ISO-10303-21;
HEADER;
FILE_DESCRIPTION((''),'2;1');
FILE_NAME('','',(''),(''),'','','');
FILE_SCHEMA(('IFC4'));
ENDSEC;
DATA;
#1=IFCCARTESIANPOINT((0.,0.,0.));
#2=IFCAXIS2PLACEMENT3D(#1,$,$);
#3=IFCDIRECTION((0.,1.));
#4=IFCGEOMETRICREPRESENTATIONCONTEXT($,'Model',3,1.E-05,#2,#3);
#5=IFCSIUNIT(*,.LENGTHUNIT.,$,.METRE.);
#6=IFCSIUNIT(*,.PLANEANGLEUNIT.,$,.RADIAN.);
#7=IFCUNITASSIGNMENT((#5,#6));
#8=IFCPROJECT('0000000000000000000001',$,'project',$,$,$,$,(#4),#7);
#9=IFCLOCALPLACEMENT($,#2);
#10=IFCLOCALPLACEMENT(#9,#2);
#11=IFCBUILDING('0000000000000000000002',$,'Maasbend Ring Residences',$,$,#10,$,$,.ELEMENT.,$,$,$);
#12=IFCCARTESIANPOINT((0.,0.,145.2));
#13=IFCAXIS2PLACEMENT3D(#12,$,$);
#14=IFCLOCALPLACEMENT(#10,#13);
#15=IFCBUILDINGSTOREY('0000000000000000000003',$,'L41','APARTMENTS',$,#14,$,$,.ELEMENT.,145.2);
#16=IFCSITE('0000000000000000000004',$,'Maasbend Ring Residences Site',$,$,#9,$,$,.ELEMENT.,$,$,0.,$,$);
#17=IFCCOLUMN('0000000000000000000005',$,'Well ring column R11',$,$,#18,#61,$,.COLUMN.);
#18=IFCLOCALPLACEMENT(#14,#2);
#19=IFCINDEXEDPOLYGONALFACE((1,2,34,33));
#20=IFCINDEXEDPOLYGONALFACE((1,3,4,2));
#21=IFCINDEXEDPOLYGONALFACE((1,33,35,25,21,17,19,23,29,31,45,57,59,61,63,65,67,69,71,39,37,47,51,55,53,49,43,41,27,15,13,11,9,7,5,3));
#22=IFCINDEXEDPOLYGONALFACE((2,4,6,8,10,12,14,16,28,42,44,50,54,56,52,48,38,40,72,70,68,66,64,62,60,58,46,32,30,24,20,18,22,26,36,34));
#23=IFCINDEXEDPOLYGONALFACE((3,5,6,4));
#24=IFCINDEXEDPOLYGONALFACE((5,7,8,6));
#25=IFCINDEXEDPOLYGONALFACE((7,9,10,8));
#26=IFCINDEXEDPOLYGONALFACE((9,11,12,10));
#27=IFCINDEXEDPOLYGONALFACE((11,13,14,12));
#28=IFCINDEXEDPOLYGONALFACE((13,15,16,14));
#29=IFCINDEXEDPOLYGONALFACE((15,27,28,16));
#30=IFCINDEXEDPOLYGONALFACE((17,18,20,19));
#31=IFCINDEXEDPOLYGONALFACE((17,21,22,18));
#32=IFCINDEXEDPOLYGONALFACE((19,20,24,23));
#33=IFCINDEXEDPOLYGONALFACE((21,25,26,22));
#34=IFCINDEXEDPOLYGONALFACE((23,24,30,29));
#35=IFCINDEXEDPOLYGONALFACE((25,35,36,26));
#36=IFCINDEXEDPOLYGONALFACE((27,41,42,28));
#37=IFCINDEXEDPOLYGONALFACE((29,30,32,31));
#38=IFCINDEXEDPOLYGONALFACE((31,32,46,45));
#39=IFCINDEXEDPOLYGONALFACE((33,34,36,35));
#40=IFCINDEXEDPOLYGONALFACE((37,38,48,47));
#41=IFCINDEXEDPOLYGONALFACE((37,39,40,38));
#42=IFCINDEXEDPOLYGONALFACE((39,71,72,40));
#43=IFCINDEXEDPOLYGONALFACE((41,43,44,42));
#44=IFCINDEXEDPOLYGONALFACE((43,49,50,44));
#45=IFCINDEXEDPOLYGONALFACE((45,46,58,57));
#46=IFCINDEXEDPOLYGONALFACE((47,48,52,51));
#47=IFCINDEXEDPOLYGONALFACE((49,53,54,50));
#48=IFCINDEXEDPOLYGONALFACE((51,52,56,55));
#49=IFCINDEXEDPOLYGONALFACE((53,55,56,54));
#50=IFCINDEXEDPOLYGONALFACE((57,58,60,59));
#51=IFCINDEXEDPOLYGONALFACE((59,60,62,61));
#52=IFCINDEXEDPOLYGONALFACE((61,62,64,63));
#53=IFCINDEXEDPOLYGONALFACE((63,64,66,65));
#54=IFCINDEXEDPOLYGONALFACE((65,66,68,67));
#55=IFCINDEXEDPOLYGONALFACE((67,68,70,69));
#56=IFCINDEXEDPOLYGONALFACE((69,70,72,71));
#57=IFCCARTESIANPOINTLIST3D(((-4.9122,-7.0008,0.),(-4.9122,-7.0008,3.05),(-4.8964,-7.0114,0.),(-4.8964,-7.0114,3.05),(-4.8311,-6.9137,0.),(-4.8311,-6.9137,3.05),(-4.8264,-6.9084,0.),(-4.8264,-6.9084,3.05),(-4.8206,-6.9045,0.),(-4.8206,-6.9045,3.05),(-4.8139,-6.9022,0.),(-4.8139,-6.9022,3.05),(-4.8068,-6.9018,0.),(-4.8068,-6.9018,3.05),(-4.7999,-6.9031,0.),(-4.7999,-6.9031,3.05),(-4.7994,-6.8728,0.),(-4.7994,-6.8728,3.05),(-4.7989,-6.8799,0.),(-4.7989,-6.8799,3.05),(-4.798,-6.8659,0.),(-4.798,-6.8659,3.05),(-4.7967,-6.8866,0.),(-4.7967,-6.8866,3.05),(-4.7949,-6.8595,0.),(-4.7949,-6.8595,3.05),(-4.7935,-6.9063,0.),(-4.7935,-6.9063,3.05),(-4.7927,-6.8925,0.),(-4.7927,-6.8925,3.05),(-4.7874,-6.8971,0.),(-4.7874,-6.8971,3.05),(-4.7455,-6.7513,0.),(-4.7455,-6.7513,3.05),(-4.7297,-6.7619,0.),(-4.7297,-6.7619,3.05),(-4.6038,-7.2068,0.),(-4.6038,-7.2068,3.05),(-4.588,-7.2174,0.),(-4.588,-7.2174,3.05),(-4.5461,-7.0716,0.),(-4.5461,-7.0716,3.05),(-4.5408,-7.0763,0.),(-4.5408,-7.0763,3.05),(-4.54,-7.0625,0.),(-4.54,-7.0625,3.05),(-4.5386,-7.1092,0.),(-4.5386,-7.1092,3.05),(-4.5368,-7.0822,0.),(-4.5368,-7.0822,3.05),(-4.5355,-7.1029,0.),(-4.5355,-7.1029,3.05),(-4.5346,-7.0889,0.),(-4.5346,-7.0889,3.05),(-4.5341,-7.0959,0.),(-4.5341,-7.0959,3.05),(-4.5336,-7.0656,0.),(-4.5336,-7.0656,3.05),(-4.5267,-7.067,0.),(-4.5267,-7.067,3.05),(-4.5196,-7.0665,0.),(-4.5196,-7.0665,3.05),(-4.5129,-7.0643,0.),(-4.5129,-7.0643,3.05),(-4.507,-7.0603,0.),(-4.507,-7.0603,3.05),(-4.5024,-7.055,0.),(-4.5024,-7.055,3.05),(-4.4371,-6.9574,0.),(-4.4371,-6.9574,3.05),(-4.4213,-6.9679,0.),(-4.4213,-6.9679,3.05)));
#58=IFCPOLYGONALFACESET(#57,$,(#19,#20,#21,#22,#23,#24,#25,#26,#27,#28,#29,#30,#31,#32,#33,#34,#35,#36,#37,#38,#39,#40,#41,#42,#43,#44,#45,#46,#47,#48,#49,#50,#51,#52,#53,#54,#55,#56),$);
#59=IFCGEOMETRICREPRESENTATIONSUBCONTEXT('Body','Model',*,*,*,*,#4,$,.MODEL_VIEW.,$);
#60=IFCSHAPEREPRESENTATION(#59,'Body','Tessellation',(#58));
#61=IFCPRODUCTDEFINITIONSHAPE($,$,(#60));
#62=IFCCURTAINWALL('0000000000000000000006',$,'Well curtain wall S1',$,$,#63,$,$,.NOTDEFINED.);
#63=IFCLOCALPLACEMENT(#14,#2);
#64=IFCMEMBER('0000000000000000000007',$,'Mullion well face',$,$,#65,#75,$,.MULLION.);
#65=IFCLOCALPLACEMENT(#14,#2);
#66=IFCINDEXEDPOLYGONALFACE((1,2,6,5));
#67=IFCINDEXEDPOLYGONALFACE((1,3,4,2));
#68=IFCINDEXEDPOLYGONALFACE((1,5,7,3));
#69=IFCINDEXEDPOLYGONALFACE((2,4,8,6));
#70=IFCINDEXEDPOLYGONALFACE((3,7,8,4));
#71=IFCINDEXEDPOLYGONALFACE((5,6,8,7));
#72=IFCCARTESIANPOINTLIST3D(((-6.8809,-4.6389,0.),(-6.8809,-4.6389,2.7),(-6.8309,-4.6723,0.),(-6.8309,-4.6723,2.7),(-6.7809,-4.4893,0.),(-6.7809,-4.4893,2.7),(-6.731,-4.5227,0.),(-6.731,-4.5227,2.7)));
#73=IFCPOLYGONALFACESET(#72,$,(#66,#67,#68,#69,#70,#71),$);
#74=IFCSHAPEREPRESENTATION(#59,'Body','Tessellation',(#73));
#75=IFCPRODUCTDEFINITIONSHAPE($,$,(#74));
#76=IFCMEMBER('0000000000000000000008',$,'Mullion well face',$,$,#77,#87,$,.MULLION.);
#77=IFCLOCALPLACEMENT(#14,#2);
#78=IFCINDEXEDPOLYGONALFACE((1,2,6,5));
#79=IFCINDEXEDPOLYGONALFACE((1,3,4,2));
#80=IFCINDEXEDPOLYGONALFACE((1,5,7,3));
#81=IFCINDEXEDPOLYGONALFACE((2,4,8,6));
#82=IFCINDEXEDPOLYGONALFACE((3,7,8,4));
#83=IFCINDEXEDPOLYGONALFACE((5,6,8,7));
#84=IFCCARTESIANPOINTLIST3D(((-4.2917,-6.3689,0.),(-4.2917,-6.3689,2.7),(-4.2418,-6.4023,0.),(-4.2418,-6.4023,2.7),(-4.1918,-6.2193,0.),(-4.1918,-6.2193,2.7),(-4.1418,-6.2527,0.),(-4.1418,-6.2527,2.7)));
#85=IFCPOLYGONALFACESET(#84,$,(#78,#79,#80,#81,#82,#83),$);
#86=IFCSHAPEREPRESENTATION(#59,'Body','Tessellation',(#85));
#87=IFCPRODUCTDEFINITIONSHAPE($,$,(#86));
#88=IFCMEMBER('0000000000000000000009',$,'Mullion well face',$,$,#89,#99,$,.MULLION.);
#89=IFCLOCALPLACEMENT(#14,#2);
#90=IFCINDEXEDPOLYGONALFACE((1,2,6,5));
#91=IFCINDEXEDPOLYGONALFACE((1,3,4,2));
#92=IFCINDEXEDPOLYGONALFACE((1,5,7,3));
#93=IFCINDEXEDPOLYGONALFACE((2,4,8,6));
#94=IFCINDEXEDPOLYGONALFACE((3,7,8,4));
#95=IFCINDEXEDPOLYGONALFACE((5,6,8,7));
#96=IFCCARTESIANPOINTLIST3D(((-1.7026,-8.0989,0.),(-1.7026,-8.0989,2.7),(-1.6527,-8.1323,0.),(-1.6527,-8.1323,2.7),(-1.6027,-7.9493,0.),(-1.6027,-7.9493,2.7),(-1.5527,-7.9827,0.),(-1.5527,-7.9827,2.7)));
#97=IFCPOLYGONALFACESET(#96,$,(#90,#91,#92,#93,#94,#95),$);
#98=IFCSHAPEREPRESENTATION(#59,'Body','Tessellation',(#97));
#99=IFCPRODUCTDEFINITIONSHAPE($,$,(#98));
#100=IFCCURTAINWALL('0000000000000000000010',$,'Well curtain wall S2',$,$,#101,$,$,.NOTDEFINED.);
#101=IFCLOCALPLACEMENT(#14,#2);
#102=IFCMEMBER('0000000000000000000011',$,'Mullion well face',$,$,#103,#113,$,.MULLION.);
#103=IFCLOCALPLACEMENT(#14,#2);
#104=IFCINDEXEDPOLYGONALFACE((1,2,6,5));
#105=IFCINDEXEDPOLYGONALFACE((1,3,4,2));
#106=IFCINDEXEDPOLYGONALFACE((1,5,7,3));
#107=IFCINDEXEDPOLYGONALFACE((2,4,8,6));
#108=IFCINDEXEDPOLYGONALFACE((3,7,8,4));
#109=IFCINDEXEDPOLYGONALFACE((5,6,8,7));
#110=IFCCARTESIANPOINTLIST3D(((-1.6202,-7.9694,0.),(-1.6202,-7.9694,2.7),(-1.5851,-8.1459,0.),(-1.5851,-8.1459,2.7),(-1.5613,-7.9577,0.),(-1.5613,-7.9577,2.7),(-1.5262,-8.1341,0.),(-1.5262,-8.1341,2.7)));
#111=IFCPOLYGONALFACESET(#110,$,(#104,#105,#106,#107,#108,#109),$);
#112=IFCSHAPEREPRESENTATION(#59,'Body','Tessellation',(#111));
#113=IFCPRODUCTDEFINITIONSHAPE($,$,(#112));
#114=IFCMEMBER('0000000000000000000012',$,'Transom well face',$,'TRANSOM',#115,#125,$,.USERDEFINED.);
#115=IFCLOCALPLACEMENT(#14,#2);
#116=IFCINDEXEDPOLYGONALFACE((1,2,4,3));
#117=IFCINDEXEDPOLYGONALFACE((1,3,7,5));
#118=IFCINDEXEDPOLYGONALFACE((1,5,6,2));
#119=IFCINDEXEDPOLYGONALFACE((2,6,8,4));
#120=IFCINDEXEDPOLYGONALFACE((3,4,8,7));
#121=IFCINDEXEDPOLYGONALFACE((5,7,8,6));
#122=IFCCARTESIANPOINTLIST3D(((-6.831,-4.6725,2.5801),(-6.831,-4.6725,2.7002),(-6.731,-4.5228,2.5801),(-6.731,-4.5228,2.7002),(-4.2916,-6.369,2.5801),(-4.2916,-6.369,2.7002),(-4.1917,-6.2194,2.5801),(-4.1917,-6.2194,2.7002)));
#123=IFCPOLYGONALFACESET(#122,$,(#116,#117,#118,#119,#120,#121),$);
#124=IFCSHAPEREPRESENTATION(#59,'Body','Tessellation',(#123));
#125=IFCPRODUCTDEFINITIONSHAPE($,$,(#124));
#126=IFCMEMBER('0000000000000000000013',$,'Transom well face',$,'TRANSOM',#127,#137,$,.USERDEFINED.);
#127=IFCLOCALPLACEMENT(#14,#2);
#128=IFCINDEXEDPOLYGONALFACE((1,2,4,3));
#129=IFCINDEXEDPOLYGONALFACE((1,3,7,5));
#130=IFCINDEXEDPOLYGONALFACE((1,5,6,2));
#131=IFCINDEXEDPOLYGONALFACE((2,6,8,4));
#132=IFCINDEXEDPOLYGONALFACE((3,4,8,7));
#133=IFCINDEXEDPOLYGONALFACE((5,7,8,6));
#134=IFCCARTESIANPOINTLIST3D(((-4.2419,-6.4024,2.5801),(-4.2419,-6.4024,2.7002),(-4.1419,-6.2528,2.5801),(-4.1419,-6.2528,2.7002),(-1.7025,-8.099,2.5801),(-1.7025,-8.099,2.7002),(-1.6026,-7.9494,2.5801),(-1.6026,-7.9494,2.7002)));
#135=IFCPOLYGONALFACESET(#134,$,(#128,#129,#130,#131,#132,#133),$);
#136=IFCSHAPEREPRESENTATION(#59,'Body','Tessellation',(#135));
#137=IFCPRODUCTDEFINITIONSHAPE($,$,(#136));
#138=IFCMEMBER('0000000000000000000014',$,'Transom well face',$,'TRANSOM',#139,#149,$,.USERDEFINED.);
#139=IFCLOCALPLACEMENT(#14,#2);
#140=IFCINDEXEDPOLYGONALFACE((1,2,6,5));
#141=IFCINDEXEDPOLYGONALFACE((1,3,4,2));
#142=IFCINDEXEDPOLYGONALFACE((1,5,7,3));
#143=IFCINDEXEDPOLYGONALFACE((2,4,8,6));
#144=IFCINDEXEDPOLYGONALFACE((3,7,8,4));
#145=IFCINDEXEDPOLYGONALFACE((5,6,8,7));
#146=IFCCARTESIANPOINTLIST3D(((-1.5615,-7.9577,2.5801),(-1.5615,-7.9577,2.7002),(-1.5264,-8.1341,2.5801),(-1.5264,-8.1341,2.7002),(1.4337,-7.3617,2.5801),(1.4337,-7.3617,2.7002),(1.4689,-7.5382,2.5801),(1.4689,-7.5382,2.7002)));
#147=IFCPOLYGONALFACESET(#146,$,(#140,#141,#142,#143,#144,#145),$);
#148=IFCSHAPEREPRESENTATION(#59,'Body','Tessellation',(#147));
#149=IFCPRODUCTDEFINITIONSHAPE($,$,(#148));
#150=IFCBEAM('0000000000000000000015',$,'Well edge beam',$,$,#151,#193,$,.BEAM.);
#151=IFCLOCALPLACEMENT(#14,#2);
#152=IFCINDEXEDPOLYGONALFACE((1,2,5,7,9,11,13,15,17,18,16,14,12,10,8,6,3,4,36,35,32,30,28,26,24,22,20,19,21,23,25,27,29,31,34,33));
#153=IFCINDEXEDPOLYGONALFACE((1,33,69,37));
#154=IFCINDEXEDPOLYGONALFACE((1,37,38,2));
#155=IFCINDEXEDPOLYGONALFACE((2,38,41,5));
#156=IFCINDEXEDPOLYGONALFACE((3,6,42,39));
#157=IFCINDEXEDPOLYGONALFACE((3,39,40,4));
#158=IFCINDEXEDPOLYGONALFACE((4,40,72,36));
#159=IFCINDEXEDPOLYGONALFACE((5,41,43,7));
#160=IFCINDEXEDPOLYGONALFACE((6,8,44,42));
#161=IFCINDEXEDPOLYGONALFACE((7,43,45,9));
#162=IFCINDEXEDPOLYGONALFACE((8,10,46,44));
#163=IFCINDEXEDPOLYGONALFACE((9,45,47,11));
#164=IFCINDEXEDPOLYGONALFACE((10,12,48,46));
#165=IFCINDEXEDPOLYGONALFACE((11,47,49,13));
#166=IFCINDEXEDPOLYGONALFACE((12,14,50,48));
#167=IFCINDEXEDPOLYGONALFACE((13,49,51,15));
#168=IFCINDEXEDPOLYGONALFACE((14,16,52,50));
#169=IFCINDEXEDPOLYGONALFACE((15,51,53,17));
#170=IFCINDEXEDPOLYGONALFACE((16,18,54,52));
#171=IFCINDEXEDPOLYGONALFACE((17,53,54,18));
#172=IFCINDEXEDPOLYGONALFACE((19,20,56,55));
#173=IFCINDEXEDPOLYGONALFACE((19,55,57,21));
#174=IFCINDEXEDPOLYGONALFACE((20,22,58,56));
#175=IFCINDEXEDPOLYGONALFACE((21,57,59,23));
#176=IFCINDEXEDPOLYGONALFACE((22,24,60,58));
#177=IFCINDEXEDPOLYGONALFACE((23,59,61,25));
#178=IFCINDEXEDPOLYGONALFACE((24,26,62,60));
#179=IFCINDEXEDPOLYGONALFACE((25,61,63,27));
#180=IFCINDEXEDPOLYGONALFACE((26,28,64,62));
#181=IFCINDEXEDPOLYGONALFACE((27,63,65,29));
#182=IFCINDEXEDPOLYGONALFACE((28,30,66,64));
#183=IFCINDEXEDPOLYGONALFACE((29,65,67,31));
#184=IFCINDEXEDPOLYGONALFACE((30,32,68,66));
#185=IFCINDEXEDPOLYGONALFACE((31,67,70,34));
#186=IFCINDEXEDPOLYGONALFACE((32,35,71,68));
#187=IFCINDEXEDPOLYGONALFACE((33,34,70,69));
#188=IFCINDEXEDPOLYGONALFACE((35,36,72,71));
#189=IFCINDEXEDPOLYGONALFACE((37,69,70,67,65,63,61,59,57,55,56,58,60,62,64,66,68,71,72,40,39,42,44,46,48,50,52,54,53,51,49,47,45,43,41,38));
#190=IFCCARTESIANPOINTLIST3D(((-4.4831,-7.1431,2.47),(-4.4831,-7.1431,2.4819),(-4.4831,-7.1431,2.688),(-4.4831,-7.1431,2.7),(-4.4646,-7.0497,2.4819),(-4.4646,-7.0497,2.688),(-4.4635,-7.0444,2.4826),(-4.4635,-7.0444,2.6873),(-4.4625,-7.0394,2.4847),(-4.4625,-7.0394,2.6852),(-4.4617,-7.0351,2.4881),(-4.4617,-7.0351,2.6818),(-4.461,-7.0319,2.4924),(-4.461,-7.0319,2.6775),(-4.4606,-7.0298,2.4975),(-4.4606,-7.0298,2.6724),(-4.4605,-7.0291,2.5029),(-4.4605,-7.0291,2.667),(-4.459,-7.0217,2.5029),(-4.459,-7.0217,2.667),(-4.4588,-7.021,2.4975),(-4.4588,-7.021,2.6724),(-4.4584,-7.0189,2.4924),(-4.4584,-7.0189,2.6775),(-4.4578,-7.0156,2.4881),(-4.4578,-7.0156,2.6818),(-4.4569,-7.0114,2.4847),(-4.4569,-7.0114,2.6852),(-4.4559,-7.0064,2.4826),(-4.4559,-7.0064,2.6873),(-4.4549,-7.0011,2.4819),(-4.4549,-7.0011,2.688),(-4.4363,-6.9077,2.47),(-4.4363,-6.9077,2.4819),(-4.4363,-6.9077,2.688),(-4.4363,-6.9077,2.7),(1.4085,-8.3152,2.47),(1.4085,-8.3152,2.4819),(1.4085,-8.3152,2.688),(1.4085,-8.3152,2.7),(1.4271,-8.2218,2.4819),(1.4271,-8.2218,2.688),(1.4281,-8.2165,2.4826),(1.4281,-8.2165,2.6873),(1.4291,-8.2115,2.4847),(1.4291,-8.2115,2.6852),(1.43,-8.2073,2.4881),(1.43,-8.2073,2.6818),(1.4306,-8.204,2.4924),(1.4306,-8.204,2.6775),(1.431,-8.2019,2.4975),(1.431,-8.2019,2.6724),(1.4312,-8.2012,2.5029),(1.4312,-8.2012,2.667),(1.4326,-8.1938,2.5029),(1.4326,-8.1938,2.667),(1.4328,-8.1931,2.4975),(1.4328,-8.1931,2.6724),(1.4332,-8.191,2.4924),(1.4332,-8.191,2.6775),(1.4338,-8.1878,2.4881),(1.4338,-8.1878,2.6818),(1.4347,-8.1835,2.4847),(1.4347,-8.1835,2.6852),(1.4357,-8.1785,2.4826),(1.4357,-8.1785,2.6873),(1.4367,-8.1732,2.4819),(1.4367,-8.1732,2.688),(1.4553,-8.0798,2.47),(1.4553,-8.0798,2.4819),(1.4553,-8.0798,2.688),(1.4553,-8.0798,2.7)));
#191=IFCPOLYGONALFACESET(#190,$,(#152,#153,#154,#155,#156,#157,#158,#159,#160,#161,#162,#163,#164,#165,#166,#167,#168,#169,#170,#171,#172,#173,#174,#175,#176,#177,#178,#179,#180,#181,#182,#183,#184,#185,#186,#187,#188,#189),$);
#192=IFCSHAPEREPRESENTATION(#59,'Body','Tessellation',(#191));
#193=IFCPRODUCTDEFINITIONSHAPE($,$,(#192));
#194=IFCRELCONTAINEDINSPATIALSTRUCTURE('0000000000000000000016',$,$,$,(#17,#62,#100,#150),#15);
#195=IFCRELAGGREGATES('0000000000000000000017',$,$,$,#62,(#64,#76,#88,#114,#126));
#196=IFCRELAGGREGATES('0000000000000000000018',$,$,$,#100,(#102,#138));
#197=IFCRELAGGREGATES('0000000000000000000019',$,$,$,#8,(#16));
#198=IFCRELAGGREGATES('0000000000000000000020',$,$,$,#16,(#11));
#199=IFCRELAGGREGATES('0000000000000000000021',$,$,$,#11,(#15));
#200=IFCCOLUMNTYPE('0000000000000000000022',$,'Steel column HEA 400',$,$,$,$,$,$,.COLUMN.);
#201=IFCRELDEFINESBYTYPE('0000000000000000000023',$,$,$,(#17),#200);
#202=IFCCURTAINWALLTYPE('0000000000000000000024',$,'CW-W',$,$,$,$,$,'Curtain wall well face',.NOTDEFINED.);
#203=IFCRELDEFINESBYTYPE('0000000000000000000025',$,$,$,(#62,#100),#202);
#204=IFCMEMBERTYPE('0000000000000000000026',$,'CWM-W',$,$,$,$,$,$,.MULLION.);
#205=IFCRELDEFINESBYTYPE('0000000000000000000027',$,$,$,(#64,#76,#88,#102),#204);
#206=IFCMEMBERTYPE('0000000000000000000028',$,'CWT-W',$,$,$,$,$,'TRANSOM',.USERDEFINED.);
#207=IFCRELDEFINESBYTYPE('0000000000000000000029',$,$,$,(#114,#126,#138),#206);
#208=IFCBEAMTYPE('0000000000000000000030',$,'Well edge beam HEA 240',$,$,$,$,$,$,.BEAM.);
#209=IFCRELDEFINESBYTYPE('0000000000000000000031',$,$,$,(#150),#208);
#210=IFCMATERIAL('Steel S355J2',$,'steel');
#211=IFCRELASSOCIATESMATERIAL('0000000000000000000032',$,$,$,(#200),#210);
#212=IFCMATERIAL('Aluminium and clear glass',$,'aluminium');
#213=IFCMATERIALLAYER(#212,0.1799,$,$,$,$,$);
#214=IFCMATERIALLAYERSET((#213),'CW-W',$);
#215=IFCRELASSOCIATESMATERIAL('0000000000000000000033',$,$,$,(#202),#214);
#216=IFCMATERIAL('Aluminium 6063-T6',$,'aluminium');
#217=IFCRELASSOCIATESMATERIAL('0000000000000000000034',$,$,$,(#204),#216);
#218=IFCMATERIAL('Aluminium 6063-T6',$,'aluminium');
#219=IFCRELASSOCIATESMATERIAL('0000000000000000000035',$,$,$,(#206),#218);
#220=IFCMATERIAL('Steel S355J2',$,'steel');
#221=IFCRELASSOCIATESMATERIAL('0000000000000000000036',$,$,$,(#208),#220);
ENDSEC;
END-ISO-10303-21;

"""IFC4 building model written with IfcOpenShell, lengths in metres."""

from ifc_helpers import new_model, si_unit, direction, frame, origin, origin_2d, place, context, subcontext, project, spatial, rectangle, i_section, extrude, material, layer, layer_set, material_profile, profile_set, type_object, element, aggregate, save


model = new_model("IFC4")

# Units and contexts
model_context = context("Model", 3, precision=1e-05, world=origin(), true_north=direction((0.0, 1.0)))
body_context = subcontext(model_context, "Body", "Model", "MODEL_VIEW")
ifc_project = project(units=[si_unit("LENGTHUNIT", "METRE"), si_unit("PLANEANGLEUNIT", "RADIAN")], contexts=[model_context])

# Site, building, storey
site_placement = place(None, origin())
site = spatial("IfcSite", under=ifc_project, at=site_placement, Name="Maasbend Ring Residences Site", CompositionType="ELEMENT", RefElevation=0.0)
building_placement = place(site_placement, origin())
building = spatial("IfcBuilding", under=site, at=building_placement, Name="Maasbend Ring Residences", CompositionType="ELEMENT")
storey_placement = place(building_placement, frame((0.0, 0.0, 145.2)))
storey = spatial("IfcBuildingStorey", under=building, at=storey_placement, Name="L41", Description="APARTMENTS", CompositionType="ELEMENT", Elevation=145.2)

# Column
ifc_material_1 = material(Name="Steel S355J2", Category="steel")
ifc_material_profile_1 = material_profile(ifc_material_1, i_section(OverallWidth=0.3, OverallDepth=0.3899, WebThickness=0.011, FlangeThickness=0.019, FilletRadius=0.0271, at=origin_2d()), Name="HEA 400")
ifc_profile_set_1 = profile_set([ifc_material_profile_1], Name="Steel S355J2")
column_type = type_object("IfcColumnType", Name="Steel column HEA 400", PredefinedType="COLUMN", material=ifc_profile_set_1)
column_placement = place(storey_placement, frame((-4.6667, -6.9844, 0.0), z_axis=(0.0, 0.0, 1.0), x_axis=(-0.55557, -0.83147, 0.0)))
element("IfcColumn", 1, at=column_placement, inside=storey, type_object=column_type, Name="Well ring column R11", PredefinedType="COLUMN", context=body_context, shape_type="SweptSolid", body=[
    extrude(i_section(OverallWidth=0.3, OverallDepth=0.3899, WebThickness=0.011, FlangeThickness=0.019, FilletRadius=0.0271, at=origin_2d()), origin(), (0.0, 0.0, 1.0), 3.05),
])

# Curtain wall, members
ifc_material_2 = material(Name="Aluminium and clear glass", Category="aluminium")
ifc_layer_1 = layer(ifc_material_2, 0.1799)
ifc_layer_set_1 = layer_set([ifc_layer_1], Name="CW-W")
curtain_wall_type = type_object("IfcCurtainWallType", Name="CW-W", ElementType="Curtain wall well face", PredefinedType="NOTDEFINED", material=ifc_layer_set_1)
curtain_wall_1_placement = place(storey_placement, origin())
curtain_wall_1 = element("IfcCurtainWall", 2, at=curtain_wall_1_placement, inside=storey, type_object=curtain_wall_type, Name="Well curtain wall S1", PredefinedType="NOTDEFINED")
ifc_material_3 = material(Name="Aluminium 6063-T6", Category="aluminium")
ifc_material_profile_2 = material_profile(ifc_material_3, rectangle(XDim=0.1799, YDim=0.0601, at=origin_2d()), Name="AL 180x60")
ifc_profile_set_2 = profile_set([ifc_material_profile_2], Name="Aluminium 6063-T6")
member_type_1 = type_object("IfcMemberType", Name="CWM-W", PredefinedType="MULLION", material=ifc_profile_set_2)
member_1_placement = place(storey_placement, frame((-6.8059, -4.5808, 0.0), z_axis=(0.0, 0.0, 1.0), x_axis=(0.55557, 0.83147, 0.0)))
member_1 = element("IfcMember", 3, at=member_1_placement, type_object=member_type_1, Name="Mullion well face", PredefinedType="MULLION", context=body_context, shape_type="SweptSolid", body=[
    extrude(rectangle(XDim=0.1799, YDim=0.0601, at=origin_2d()), origin(), (0.0, 0.0, 1.0), 2.7),
])
member_2_placement = place(storey_placement, frame((-4.2168, -6.3108, 0.0), z_axis=(0.0, 0.0, 1.0), x_axis=(0.55557, 0.83147, 0.0)))
member_2 = element("IfcMember", 4, at=member_2_placement, type_object=member_type_1, Name="Mullion well face", PredefinedType="MULLION", context=body_context, shape_type="SweptSolid", body=[
    extrude(rectangle(XDim=0.1799, YDim=0.0601, at=origin_2d()), origin(), (0.0, 0.0, 1.0), 2.7),
])
member_3_placement = place(storey_placement, frame((-1.6277, -8.0408, 0.0), z_axis=(0.0, 0.0, 1.0), x_axis=(0.55557, 0.83147, 0.0)))
member_3 = element("IfcMember", 5, at=member_3_placement, type_object=member_type_1, Name="Mullion well face", PredefinedType="MULLION", context=body_context, shape_type="SweptSolid", body=[
    extrude(rectangle(XDim=0.1799, YDim=0.0601, at=origin_2d()), origin(), (0.0, 0.0, 1.0), 2.7),
])

# Curtain wall, member
curtain_wall_2_placement = place(storey_placement, origin())
curtain_wall_2 = element("IfcCurtainWall", 6, at=curtain_wall_2_placement, inside=storey, type_object=curtain_wall_type, Name="Well curtain wall S2", PredefinedType="NOTDEFINED")
member_4_placement = place(storey_placement, frame((-1.5732, -8.0518, 0.0), z_axis=(0.0, 0.0, 1.0), x_axis=(-0.19509, 0.980785, 0.0)))
member_4 = element("IfcMember", 7, at=member_4_placement, type_object=member_type_1, Name="Mullion well face", PredefinedType="MULLION", context=body_context, shape_type="SweptSolid", body=[
    extrude(rectangle(XDim=0.1799, YDim=0.0601, at=origin_2d()), origin(), (0.0, 0.0, 1.0), 2.7),
])

# Members
ifc_material_4 = material(Name="Aluminium 6063-T6", Category="aluminium")
ifc_material_profile_3 = material_profile(ifc_material_4, rectangle(XDim=0.1799, YDim=0.1201, at=origin_2d()), Name="AL 180x120")
ifc_profile_set_3 = profile_set([ifc_material_profile_3], Name="Aluminium 6063-T6")
member_type_2 = type_object("IfcMemberType", Name="CWT-W", ElementType="TRANSOM", PredefinedType="USERDEFINED", material=ifc_profile_set_3)
member_5_placement = place(storey_placement, frame((-6.781, -4.5977, 2.6401), z_axis=(0.831496, -0.55553, 0.0), x_axis=(0.55553, 0.831496, 0.0)))
member_5 = element("IfcMember", 8, at=member_5_placement, type_object=member_type_2, Name="Transom well face", ObjectType="TRANSOM", PredefinedType="USERDEFINED", context=body_context, shape_type="SweptSolid", body=[
    extrude(rectangle(XDim=0.1799, YDim=0.1201, at=origin_2d()), origin(), (0.0, 0.0, 1.0), 3.054),
])
member_6_placement = place(storey_placement, frame((-4.1919, -6.3276, 2.6401), z_axis=(0.831496, -0.55553, 0.0), x_axis=(0.55553, 0.831496, 0.0)))
member_6 = element("IfcMember", 9, at=member_6_placement, type_object=member_type_2, Name="Transom well face", ObjectType="TRANSOM", PredefinedType="USERDEFINED", context=body_context, shape_type="SweptSolid", body=[
    extrude(rectangle(XDim=0.1799, YDim=0.1201, at=origin_2d()), origin(), (0.0, 0.0, 1.0), 3.054),
])
member_7_placement = place(storey_placement, frame((-1.5439, -8.0459, 2.6401), z_axis=(0.980777, 0.195132, 0.0), x_axis=(-0.195132, 0.980777, 0.0)))
member_7 = element("IfcMember", 10, at=member_7_placement, type_object=member_type_2, Name="Transom well face", ObjectType="TRANSOM", PredefinedType="USERDEFINED", context=body_context, shape_type="SweptSolid", body=[
    extrude(rectangle(XDim=0.1799, YDim=0.1201, at=origin_2d()), origin(), (0.0, 0.0, 1.0), 3.054),
])

# Beam
ifc_material_5 = material(Name="Steel S355J2", Category="steel")
ifc_material_profile_4 = material_profile(ifc_material_5, i_section(OverallWidth=0.24, OverallDepth=0.23, WebThickness=0.0076, FlangeThickness=0.012, FilletRadius=0.021, at=origin_2d()), Name="HEA 240")
ifc_profile_set_4 = profile_set([ifc_material_profile_4], Name="Steel S355J2")
beam_type = type_object("IfcBeamType", Name="Well edge beam HEA 240", PredefinedType="BEAM", material=ifc_profile_set_4)
beam_placement = place(storey_placement, frame((-4.4597, -7.0254, 2.585), z_axis=(0.980779, -0.195123, 0.0), x_axis=(0.195123, 0.980779, 0.0)))
element("IfcBeam", 11, at=beam_placement, inside=storey, type_object=beam_type, Name="Well edge beam", PredefinedType="BEAM", context=body_context, shape_type="SweptSolid", body=[
    extrude(i_section(OverallWidth=0.24, OverallDepth=0.23, WebThickness=0.0076, FlangeThickness=0.012, FilletRadius=0.021, at=origin_2d()), origin(), (0.0, 0.0, 1.0), 6.0071),
])

aggregate(curtain_wall_1, [member_1, member_2, member_3, member_5, member_6])
aggregate(curtain_wall_2, [member_4, member_7])

save(model, "model.ifc")
